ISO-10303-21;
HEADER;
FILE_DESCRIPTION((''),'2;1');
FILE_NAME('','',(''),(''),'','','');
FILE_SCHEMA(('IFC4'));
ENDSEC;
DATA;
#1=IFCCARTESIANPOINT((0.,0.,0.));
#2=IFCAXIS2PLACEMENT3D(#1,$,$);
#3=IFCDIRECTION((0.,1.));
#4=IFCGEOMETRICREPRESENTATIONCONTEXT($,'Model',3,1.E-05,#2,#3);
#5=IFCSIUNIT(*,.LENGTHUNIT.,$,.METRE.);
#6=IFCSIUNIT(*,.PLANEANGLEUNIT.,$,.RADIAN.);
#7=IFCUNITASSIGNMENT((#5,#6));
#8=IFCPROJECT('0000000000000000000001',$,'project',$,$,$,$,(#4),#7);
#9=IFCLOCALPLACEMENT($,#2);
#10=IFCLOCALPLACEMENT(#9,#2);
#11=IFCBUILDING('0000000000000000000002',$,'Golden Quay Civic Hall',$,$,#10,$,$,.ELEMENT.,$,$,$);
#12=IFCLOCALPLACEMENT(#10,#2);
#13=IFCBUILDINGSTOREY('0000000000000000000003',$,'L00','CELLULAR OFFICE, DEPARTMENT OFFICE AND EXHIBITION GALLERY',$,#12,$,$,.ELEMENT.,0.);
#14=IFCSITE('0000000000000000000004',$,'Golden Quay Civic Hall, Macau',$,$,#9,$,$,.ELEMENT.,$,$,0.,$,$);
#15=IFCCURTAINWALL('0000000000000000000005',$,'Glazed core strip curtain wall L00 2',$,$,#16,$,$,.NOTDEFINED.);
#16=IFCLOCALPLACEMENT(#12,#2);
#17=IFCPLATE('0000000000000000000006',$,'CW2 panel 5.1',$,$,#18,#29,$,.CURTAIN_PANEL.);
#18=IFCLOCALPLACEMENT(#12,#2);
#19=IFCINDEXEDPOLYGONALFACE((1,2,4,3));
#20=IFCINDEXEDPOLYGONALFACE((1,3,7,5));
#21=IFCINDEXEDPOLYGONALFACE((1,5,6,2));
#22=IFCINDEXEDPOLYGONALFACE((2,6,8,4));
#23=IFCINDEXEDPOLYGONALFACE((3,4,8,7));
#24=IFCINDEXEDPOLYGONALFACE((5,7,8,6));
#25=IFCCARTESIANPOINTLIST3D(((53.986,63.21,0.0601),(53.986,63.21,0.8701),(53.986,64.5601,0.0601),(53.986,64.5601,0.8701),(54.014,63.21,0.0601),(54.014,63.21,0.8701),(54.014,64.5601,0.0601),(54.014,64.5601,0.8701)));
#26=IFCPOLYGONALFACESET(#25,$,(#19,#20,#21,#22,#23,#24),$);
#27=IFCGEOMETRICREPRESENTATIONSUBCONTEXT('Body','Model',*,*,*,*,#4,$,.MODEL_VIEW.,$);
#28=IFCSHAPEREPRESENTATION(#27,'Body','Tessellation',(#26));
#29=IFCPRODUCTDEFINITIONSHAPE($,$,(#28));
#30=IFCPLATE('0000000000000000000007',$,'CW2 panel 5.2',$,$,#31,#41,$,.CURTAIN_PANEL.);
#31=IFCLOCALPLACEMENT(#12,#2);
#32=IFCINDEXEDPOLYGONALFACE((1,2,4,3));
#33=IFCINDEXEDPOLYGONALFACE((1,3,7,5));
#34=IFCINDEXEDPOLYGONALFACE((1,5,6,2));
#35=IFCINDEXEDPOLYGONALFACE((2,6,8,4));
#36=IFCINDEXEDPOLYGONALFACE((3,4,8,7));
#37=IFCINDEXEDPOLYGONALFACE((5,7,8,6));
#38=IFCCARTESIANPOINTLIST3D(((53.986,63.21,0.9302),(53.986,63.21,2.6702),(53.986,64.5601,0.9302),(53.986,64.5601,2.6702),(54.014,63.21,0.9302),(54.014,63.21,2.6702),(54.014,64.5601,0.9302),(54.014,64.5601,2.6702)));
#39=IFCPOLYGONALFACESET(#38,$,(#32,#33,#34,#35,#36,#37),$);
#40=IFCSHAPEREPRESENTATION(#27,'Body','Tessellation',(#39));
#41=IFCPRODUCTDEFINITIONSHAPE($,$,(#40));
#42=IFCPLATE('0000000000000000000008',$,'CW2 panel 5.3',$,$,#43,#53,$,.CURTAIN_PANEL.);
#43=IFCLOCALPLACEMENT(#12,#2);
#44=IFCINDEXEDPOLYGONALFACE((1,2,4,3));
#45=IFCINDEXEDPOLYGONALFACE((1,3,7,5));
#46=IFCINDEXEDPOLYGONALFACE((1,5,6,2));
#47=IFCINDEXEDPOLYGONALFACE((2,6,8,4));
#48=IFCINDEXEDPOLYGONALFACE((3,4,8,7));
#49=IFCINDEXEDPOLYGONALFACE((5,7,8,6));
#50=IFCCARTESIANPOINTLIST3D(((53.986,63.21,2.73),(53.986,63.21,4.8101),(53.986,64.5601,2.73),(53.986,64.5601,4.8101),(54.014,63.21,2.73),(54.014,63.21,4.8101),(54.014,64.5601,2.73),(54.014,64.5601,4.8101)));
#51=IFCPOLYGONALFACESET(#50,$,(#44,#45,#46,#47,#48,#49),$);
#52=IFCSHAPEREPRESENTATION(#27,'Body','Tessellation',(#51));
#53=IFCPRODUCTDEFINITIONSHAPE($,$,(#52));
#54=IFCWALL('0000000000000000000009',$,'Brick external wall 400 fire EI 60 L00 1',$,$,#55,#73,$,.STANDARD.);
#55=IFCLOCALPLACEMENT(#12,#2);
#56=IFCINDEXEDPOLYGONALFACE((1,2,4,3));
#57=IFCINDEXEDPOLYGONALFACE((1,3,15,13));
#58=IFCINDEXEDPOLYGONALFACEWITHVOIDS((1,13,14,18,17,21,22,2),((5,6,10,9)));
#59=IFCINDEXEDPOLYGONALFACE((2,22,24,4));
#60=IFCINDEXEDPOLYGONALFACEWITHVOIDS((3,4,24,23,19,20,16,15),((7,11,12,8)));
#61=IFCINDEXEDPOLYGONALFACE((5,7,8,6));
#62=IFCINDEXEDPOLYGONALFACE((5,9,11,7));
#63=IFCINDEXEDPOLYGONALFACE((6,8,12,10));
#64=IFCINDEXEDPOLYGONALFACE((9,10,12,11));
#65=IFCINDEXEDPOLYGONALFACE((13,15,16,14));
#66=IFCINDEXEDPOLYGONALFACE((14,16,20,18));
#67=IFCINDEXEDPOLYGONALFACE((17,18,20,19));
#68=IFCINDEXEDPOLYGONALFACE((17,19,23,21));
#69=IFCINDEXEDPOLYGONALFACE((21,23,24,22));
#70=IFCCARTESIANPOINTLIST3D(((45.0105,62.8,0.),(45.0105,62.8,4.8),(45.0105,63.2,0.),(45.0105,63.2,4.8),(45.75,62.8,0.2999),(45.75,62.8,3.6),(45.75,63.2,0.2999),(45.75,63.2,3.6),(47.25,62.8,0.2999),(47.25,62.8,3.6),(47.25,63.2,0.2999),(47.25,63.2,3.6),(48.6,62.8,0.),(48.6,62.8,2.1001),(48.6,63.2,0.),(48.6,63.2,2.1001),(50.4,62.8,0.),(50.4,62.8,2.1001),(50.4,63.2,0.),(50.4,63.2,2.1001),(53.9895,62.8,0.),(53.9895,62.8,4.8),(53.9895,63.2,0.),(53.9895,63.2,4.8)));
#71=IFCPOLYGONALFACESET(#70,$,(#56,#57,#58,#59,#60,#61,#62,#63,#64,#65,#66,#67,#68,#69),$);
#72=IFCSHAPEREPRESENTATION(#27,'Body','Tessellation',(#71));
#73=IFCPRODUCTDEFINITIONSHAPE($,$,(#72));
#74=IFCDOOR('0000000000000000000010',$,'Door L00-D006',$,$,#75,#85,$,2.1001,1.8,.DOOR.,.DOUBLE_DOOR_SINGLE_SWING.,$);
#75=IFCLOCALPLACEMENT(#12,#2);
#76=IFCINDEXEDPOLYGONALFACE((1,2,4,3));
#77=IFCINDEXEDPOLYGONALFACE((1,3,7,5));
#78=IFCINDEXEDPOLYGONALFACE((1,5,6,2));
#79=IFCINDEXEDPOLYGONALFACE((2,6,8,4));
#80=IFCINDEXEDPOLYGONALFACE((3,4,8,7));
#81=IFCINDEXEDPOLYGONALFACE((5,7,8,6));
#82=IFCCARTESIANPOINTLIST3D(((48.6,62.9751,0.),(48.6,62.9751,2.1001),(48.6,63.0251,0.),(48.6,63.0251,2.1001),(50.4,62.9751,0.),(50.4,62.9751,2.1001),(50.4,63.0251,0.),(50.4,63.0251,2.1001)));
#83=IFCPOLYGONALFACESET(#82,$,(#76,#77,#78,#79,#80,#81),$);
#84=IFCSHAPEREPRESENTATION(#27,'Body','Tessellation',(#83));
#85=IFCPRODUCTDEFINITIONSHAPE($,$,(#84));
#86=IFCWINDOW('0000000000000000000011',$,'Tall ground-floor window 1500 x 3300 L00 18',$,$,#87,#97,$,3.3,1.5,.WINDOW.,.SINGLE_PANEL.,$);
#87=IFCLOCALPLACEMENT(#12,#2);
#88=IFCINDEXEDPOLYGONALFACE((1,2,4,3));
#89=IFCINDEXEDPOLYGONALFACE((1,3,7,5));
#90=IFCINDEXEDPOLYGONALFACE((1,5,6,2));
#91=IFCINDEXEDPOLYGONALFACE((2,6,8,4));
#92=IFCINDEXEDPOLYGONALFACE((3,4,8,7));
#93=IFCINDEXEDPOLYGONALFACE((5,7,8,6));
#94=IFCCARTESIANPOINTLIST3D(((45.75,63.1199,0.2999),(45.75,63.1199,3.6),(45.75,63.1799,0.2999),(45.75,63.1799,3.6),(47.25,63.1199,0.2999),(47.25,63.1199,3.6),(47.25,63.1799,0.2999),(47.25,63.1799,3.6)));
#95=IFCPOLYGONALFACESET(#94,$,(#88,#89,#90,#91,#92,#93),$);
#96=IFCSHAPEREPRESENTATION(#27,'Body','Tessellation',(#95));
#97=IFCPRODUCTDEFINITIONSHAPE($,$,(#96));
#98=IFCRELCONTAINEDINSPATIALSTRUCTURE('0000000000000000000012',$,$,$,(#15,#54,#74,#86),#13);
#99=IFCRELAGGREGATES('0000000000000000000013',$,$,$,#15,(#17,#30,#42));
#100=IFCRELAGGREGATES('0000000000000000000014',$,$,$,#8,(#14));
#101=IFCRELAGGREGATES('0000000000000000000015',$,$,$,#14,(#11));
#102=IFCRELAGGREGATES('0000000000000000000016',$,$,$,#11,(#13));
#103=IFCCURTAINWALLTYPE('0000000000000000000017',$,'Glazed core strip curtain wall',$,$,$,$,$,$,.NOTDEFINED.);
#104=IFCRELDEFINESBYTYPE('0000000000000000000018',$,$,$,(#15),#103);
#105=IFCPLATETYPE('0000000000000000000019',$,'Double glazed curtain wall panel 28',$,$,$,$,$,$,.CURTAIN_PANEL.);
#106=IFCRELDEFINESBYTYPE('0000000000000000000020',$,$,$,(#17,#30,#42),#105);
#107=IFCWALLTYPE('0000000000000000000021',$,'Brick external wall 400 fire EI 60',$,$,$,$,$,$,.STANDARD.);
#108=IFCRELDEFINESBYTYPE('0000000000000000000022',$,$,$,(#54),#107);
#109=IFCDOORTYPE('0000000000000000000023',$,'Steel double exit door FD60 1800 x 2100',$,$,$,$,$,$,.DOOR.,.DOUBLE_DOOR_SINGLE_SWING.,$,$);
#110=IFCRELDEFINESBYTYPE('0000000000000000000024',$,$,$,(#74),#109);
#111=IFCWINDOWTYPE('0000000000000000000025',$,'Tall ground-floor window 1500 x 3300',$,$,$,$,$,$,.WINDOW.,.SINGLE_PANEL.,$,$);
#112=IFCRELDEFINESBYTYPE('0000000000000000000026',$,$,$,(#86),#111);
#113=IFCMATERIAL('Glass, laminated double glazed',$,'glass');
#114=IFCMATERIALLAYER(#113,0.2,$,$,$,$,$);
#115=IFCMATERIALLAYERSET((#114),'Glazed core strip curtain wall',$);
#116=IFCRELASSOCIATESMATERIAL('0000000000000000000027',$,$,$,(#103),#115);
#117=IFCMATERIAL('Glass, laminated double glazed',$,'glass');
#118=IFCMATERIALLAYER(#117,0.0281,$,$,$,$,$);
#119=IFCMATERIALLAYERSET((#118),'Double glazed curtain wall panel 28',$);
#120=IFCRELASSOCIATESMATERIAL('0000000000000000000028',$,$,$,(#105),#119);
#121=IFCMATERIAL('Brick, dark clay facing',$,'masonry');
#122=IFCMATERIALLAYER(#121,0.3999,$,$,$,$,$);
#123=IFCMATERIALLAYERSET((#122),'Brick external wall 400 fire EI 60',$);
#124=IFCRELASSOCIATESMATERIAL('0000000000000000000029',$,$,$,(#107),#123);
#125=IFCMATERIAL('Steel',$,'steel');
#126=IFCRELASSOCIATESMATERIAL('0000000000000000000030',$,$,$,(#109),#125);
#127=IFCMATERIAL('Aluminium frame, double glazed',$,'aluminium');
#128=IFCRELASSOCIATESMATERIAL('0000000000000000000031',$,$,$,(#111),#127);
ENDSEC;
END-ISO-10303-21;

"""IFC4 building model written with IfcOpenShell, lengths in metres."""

from ifc_helpers import new_model, si_unit, direction, frame, frame_2d, origin, origin_2d, place, context, subcontext, project, spatial, rectangle, extrude, material, layer, layer_set, type_object, element, fill, aggregate, save


model = new_model("IFC4")

# Units and contexts
model_context = context("Model", 3, precision=1e-05, world=origin(), true_north=direction((0.0, 1.0)))
body_context = subcontext(model_context, "Body", "Model", "MODEL_VIEW")
ifc_project = project(units=[si_unit("LENGTHUNIT", "METRE"), si_unit("PLANEANGLEUNIT", "RADIAN")], contexts=[model_context])

# Site, building, storey
site_placement = place(None, origin())
site = spatial("IfcSite", under=ifc_project, at=site_placement, Name="Golden Quay Civic Hall, Macau", CompositionType="ELEMENT", RefElevation=0.0)
building_placement = place(site_placement, origin())
building = spatial("IfcBuilding", under=site, at=building_placement, Name="Golden Quay Civic Hall", CompositionType="ELEMENT")
storey_placement = place(building_placement, origin())
storey = spatial("IfcBuildingStorey", under=building, at=storey_placement, Name="L00", Description="CELLULAR OFFICE, DEPARTMENT OFFICE AND EXHIBITION GALLERY", CompositionType="ELEMENT", Elevation=0.0)

# Curtain wall, plates
ifc_material_1 = material(Name="Glass, laminated double glazed", Category="glass")
ifc_layer_1 = layer(ifc_material_1, 0.2)
ifc_layer_set_1 = layer_set([ifc_layer_1], Name="Glazed core strip curtain wall")
curtain_wall_type = type_object("IfcCurtainWallType", Name="Glazed core strip curtain wall", PredefinedType="NOTDEFINED", material=ifc_layer_set_1)
curtain_wall_placement = place(storey_placement, origin())
curtain_wall = element("IfcCurtainWall", 1, at=curtain_wall_placement, inside=storey, type_object=curtain_wall_type, Name="Glazed core strip curtain wall L00 2", PredefinedType="NOTDEFINED")
ifc_material_2 = material(Name="Glass, laminated double glazed", Category="glass")
ifc_layer_2 = layer(ifc_material_2, 0.0281)
ifc_layer_set_2 = layer_set([ifc_layer_2], Name="Double glazed curtain wall panel 28")
plate_type = type_object("IfcPlateType", Name="Double glazed curtain wall panel 28", PredefinedType="CURTAIN_PANEL", material=ifc_layer_set_2)
plate_1_placement = place(storey_placement, frame((54.0, 63.885, 0.0601), z_axis=(0.0, 0.0, 1.0), x_axis=(0.0, -1.0, 0.0)))
plate_1 = element("IfcPlate", 2, at=plate_1_placement, type_object=plate_type, Name="CW2 panel 5.1", PredefinedType="CURTAIN_PANEL", context=body_context, shape_type="SweptSolid", body=[
    extrude(rectangle(XDim=1.3501, YDim=0.0281, at=origin_2d()), origin(), (0.0, 0.0, 1.0), 0.8101),
])
plate_2_placement = place(storey_placement, frame((54.0, 63.885, 0.9302), z_axis=(0.0, 0.0, 1.0), x_axis=(0.0, -1.0, 0.0)))
plate_2 = element("IfcPlate", 3, at=plate_2_placement, type_object=plate_type, Name="CW2 panel 5.2", PredefinedType="CURTAIN_PANEL", context=body_context, shape_type="SweptSolid", body=[
    extrude(rectangle(XDim=1.3501, YDim=0.0281, at=origin_2d()), origin(), (0.0, 0.0, 1.0), 1.74),
])
plate_3_placement = place(storey_placement, frame((54.0, 63.885, 2.73), z_axis=(0.0, 0.0, 1.0), x_axis=(0.0, -1.0, 0.0)))
plate_3 = element("IfcPlate", 4, at=plate_3_placement, type_object=plate_type, Name="CW2 panel 5.3", PredefinedType="CURTAIN_PANEL", context=body_context, shape_type="SweptSolid", body=[
    extrude(rectangle(XDim=1.3501, YDim=0.0281, at=origin_2d()), origin(), (0.0, 0.0, 1.0), 2.0801),
])
aggregate(curtain_wall, [plate_1, plate_2, plate_3])

# Wall, openings, door, window
ifc_material_3 = material(Name="Brick, dark clay facing", Category="masonry")
ifc_layer_3 = layer(ifc_material_3, 0.3999)
ifc_layer_set_3 = layer_set([ifc_layer_3], Name="Brick external wall 400 fire EI 60")
wall_type = type_object("IfcWallType", Name="Brick external wall 400 fire EI 60", PredefinedType="STANDARD", material=ifc_layer_set_3)
wall_placement = place(storey_placement, frame((53.9895, 63.0, 0.0), z_axis=(0.0, 0.0, 1.0), x_axis=(-1.0, 0.0, 0.0)))
wall = element("IfcWall", 5, at=wall_placement, inside=storey, type_object=wall_type, Name="Brick external wall 400 fire EI 60 L00 1", PredefinedType="STANDARD", context=body_context, shape_type="SweptSolid", body=[
    extrude(rectangle(XDim=8.979, YDim=0.3999, at=frame_2d((4.4895, 0.0))), origin(), (0.0, 0.0, 1.0), 4.8),
])
opening_1_placement = place(wall_placement, frame((3.5896, 0.0, 0.0)))
opening_1 = element("IfcOpeningElement", 6, at=opening_1_placement, cuts=wall, PredefinedType="OPENING", context=body_context, shape_type="SweptSolid", body=[
    extrude(rectangle(XDim=1.8, YDim=2.1001, at=frame_2d((0.8999, 1.05))), frame((0.0, 0.21, 0.0), z_axis=(0.0, -1.0, 0.0), x_axis=(1.0, 0.0, 0.0)), (0.0, 0.0, 1.0), 0.4199),
])
opening_2_placement = place(wall_placement, frame((6.7395, 0.0, 0.3)))
opening_2 = element("IfcOpeningElement", 7, at=opening_2_placement, cuts=wall, PredefinedType="OPENING", context=body_context, shape_type="SweptSolid", body=[
    extrude(rectangle(XDim=1.5, YDim=3.3, at=frame_2d((0.75, 1.6499))), frame((0.0, 0.21, 0.0), z_axis=(0.0, -1.0, 0.0), x_axis=(1.0, 0.0, 0.0)), (0.0, 0.0, 1.0), 0.4199),
])
ifc_material_4 = material(Name="Steel", Category="steel")
door_type = type_object("IfcDoorType", Name="Steel double exit door FD60 1800 x 2100", OperationType="DOUBLE_DOOR_SINGLE_SWING", PredefinedType="DOOR", material=ifc_material_4)
door_placement = place(opening_1_placement, origin())
door = element("IfcDoor", 8, at=door_placement, inside=storey, type_object=door_type, Name="Door L00-D006", OperationType="DOUBLE_DOOR_SINGLE_SWING", OverallHeight=2.1001, OverallWidth=1.8, PredefinedType="DOOR", context=body_context, shape_type="SweptSolid", body=[
    extrude(rectangle(XDim=1.8, YDim=2.1001, at=frame_2d((0.8999, 1.05))), frame((0.0, 0.0249, 0.0), z_axis=(0.0, -1.0, 0.0), x_axis=(1.0, 0.0, 0.0)), (0.0, 0.0, 1.0), 0.05),
])
fill(opening_1, door)
ifc_material_5 = material(Name="Aluminium frame, double glazed", Category="aluminium")
window_type = type_object("IfcWindowType", Name="Tall ground-floor window 1500 x 3300", PartitioningType="SINGLE_PANEL", PredefinedType="WINDOW", material=ifc_material_5)
window_placement = place(opening_2_placement, origin())
window = element("IfcWindow", 9, at=window_placement, inside=storey, type_object=window_type, Name="Tall ground-floor window 1500 x 3300 L00 18", OverallHeight=3.3, OverallWidth=1.5, PartitioningType="SINGLE_PANEL", PredefinedType="WINDOW", context=body_context, shape_type="SweptSolid", body=[
    extrude(rectangle(XDim=1.5, YDim=3.3, at=frame_2d((0.75, 1.6499))), frame((0.0, -0.1199, 0.0), z_axis=(0.0, -1.0, 0.0), x_axis=(1.0, 0.0, 0.0)), (0.0, 0.0, 1.0), 0.0601),
])
fill(opening_2, window)

save(model, "model.ifc")
